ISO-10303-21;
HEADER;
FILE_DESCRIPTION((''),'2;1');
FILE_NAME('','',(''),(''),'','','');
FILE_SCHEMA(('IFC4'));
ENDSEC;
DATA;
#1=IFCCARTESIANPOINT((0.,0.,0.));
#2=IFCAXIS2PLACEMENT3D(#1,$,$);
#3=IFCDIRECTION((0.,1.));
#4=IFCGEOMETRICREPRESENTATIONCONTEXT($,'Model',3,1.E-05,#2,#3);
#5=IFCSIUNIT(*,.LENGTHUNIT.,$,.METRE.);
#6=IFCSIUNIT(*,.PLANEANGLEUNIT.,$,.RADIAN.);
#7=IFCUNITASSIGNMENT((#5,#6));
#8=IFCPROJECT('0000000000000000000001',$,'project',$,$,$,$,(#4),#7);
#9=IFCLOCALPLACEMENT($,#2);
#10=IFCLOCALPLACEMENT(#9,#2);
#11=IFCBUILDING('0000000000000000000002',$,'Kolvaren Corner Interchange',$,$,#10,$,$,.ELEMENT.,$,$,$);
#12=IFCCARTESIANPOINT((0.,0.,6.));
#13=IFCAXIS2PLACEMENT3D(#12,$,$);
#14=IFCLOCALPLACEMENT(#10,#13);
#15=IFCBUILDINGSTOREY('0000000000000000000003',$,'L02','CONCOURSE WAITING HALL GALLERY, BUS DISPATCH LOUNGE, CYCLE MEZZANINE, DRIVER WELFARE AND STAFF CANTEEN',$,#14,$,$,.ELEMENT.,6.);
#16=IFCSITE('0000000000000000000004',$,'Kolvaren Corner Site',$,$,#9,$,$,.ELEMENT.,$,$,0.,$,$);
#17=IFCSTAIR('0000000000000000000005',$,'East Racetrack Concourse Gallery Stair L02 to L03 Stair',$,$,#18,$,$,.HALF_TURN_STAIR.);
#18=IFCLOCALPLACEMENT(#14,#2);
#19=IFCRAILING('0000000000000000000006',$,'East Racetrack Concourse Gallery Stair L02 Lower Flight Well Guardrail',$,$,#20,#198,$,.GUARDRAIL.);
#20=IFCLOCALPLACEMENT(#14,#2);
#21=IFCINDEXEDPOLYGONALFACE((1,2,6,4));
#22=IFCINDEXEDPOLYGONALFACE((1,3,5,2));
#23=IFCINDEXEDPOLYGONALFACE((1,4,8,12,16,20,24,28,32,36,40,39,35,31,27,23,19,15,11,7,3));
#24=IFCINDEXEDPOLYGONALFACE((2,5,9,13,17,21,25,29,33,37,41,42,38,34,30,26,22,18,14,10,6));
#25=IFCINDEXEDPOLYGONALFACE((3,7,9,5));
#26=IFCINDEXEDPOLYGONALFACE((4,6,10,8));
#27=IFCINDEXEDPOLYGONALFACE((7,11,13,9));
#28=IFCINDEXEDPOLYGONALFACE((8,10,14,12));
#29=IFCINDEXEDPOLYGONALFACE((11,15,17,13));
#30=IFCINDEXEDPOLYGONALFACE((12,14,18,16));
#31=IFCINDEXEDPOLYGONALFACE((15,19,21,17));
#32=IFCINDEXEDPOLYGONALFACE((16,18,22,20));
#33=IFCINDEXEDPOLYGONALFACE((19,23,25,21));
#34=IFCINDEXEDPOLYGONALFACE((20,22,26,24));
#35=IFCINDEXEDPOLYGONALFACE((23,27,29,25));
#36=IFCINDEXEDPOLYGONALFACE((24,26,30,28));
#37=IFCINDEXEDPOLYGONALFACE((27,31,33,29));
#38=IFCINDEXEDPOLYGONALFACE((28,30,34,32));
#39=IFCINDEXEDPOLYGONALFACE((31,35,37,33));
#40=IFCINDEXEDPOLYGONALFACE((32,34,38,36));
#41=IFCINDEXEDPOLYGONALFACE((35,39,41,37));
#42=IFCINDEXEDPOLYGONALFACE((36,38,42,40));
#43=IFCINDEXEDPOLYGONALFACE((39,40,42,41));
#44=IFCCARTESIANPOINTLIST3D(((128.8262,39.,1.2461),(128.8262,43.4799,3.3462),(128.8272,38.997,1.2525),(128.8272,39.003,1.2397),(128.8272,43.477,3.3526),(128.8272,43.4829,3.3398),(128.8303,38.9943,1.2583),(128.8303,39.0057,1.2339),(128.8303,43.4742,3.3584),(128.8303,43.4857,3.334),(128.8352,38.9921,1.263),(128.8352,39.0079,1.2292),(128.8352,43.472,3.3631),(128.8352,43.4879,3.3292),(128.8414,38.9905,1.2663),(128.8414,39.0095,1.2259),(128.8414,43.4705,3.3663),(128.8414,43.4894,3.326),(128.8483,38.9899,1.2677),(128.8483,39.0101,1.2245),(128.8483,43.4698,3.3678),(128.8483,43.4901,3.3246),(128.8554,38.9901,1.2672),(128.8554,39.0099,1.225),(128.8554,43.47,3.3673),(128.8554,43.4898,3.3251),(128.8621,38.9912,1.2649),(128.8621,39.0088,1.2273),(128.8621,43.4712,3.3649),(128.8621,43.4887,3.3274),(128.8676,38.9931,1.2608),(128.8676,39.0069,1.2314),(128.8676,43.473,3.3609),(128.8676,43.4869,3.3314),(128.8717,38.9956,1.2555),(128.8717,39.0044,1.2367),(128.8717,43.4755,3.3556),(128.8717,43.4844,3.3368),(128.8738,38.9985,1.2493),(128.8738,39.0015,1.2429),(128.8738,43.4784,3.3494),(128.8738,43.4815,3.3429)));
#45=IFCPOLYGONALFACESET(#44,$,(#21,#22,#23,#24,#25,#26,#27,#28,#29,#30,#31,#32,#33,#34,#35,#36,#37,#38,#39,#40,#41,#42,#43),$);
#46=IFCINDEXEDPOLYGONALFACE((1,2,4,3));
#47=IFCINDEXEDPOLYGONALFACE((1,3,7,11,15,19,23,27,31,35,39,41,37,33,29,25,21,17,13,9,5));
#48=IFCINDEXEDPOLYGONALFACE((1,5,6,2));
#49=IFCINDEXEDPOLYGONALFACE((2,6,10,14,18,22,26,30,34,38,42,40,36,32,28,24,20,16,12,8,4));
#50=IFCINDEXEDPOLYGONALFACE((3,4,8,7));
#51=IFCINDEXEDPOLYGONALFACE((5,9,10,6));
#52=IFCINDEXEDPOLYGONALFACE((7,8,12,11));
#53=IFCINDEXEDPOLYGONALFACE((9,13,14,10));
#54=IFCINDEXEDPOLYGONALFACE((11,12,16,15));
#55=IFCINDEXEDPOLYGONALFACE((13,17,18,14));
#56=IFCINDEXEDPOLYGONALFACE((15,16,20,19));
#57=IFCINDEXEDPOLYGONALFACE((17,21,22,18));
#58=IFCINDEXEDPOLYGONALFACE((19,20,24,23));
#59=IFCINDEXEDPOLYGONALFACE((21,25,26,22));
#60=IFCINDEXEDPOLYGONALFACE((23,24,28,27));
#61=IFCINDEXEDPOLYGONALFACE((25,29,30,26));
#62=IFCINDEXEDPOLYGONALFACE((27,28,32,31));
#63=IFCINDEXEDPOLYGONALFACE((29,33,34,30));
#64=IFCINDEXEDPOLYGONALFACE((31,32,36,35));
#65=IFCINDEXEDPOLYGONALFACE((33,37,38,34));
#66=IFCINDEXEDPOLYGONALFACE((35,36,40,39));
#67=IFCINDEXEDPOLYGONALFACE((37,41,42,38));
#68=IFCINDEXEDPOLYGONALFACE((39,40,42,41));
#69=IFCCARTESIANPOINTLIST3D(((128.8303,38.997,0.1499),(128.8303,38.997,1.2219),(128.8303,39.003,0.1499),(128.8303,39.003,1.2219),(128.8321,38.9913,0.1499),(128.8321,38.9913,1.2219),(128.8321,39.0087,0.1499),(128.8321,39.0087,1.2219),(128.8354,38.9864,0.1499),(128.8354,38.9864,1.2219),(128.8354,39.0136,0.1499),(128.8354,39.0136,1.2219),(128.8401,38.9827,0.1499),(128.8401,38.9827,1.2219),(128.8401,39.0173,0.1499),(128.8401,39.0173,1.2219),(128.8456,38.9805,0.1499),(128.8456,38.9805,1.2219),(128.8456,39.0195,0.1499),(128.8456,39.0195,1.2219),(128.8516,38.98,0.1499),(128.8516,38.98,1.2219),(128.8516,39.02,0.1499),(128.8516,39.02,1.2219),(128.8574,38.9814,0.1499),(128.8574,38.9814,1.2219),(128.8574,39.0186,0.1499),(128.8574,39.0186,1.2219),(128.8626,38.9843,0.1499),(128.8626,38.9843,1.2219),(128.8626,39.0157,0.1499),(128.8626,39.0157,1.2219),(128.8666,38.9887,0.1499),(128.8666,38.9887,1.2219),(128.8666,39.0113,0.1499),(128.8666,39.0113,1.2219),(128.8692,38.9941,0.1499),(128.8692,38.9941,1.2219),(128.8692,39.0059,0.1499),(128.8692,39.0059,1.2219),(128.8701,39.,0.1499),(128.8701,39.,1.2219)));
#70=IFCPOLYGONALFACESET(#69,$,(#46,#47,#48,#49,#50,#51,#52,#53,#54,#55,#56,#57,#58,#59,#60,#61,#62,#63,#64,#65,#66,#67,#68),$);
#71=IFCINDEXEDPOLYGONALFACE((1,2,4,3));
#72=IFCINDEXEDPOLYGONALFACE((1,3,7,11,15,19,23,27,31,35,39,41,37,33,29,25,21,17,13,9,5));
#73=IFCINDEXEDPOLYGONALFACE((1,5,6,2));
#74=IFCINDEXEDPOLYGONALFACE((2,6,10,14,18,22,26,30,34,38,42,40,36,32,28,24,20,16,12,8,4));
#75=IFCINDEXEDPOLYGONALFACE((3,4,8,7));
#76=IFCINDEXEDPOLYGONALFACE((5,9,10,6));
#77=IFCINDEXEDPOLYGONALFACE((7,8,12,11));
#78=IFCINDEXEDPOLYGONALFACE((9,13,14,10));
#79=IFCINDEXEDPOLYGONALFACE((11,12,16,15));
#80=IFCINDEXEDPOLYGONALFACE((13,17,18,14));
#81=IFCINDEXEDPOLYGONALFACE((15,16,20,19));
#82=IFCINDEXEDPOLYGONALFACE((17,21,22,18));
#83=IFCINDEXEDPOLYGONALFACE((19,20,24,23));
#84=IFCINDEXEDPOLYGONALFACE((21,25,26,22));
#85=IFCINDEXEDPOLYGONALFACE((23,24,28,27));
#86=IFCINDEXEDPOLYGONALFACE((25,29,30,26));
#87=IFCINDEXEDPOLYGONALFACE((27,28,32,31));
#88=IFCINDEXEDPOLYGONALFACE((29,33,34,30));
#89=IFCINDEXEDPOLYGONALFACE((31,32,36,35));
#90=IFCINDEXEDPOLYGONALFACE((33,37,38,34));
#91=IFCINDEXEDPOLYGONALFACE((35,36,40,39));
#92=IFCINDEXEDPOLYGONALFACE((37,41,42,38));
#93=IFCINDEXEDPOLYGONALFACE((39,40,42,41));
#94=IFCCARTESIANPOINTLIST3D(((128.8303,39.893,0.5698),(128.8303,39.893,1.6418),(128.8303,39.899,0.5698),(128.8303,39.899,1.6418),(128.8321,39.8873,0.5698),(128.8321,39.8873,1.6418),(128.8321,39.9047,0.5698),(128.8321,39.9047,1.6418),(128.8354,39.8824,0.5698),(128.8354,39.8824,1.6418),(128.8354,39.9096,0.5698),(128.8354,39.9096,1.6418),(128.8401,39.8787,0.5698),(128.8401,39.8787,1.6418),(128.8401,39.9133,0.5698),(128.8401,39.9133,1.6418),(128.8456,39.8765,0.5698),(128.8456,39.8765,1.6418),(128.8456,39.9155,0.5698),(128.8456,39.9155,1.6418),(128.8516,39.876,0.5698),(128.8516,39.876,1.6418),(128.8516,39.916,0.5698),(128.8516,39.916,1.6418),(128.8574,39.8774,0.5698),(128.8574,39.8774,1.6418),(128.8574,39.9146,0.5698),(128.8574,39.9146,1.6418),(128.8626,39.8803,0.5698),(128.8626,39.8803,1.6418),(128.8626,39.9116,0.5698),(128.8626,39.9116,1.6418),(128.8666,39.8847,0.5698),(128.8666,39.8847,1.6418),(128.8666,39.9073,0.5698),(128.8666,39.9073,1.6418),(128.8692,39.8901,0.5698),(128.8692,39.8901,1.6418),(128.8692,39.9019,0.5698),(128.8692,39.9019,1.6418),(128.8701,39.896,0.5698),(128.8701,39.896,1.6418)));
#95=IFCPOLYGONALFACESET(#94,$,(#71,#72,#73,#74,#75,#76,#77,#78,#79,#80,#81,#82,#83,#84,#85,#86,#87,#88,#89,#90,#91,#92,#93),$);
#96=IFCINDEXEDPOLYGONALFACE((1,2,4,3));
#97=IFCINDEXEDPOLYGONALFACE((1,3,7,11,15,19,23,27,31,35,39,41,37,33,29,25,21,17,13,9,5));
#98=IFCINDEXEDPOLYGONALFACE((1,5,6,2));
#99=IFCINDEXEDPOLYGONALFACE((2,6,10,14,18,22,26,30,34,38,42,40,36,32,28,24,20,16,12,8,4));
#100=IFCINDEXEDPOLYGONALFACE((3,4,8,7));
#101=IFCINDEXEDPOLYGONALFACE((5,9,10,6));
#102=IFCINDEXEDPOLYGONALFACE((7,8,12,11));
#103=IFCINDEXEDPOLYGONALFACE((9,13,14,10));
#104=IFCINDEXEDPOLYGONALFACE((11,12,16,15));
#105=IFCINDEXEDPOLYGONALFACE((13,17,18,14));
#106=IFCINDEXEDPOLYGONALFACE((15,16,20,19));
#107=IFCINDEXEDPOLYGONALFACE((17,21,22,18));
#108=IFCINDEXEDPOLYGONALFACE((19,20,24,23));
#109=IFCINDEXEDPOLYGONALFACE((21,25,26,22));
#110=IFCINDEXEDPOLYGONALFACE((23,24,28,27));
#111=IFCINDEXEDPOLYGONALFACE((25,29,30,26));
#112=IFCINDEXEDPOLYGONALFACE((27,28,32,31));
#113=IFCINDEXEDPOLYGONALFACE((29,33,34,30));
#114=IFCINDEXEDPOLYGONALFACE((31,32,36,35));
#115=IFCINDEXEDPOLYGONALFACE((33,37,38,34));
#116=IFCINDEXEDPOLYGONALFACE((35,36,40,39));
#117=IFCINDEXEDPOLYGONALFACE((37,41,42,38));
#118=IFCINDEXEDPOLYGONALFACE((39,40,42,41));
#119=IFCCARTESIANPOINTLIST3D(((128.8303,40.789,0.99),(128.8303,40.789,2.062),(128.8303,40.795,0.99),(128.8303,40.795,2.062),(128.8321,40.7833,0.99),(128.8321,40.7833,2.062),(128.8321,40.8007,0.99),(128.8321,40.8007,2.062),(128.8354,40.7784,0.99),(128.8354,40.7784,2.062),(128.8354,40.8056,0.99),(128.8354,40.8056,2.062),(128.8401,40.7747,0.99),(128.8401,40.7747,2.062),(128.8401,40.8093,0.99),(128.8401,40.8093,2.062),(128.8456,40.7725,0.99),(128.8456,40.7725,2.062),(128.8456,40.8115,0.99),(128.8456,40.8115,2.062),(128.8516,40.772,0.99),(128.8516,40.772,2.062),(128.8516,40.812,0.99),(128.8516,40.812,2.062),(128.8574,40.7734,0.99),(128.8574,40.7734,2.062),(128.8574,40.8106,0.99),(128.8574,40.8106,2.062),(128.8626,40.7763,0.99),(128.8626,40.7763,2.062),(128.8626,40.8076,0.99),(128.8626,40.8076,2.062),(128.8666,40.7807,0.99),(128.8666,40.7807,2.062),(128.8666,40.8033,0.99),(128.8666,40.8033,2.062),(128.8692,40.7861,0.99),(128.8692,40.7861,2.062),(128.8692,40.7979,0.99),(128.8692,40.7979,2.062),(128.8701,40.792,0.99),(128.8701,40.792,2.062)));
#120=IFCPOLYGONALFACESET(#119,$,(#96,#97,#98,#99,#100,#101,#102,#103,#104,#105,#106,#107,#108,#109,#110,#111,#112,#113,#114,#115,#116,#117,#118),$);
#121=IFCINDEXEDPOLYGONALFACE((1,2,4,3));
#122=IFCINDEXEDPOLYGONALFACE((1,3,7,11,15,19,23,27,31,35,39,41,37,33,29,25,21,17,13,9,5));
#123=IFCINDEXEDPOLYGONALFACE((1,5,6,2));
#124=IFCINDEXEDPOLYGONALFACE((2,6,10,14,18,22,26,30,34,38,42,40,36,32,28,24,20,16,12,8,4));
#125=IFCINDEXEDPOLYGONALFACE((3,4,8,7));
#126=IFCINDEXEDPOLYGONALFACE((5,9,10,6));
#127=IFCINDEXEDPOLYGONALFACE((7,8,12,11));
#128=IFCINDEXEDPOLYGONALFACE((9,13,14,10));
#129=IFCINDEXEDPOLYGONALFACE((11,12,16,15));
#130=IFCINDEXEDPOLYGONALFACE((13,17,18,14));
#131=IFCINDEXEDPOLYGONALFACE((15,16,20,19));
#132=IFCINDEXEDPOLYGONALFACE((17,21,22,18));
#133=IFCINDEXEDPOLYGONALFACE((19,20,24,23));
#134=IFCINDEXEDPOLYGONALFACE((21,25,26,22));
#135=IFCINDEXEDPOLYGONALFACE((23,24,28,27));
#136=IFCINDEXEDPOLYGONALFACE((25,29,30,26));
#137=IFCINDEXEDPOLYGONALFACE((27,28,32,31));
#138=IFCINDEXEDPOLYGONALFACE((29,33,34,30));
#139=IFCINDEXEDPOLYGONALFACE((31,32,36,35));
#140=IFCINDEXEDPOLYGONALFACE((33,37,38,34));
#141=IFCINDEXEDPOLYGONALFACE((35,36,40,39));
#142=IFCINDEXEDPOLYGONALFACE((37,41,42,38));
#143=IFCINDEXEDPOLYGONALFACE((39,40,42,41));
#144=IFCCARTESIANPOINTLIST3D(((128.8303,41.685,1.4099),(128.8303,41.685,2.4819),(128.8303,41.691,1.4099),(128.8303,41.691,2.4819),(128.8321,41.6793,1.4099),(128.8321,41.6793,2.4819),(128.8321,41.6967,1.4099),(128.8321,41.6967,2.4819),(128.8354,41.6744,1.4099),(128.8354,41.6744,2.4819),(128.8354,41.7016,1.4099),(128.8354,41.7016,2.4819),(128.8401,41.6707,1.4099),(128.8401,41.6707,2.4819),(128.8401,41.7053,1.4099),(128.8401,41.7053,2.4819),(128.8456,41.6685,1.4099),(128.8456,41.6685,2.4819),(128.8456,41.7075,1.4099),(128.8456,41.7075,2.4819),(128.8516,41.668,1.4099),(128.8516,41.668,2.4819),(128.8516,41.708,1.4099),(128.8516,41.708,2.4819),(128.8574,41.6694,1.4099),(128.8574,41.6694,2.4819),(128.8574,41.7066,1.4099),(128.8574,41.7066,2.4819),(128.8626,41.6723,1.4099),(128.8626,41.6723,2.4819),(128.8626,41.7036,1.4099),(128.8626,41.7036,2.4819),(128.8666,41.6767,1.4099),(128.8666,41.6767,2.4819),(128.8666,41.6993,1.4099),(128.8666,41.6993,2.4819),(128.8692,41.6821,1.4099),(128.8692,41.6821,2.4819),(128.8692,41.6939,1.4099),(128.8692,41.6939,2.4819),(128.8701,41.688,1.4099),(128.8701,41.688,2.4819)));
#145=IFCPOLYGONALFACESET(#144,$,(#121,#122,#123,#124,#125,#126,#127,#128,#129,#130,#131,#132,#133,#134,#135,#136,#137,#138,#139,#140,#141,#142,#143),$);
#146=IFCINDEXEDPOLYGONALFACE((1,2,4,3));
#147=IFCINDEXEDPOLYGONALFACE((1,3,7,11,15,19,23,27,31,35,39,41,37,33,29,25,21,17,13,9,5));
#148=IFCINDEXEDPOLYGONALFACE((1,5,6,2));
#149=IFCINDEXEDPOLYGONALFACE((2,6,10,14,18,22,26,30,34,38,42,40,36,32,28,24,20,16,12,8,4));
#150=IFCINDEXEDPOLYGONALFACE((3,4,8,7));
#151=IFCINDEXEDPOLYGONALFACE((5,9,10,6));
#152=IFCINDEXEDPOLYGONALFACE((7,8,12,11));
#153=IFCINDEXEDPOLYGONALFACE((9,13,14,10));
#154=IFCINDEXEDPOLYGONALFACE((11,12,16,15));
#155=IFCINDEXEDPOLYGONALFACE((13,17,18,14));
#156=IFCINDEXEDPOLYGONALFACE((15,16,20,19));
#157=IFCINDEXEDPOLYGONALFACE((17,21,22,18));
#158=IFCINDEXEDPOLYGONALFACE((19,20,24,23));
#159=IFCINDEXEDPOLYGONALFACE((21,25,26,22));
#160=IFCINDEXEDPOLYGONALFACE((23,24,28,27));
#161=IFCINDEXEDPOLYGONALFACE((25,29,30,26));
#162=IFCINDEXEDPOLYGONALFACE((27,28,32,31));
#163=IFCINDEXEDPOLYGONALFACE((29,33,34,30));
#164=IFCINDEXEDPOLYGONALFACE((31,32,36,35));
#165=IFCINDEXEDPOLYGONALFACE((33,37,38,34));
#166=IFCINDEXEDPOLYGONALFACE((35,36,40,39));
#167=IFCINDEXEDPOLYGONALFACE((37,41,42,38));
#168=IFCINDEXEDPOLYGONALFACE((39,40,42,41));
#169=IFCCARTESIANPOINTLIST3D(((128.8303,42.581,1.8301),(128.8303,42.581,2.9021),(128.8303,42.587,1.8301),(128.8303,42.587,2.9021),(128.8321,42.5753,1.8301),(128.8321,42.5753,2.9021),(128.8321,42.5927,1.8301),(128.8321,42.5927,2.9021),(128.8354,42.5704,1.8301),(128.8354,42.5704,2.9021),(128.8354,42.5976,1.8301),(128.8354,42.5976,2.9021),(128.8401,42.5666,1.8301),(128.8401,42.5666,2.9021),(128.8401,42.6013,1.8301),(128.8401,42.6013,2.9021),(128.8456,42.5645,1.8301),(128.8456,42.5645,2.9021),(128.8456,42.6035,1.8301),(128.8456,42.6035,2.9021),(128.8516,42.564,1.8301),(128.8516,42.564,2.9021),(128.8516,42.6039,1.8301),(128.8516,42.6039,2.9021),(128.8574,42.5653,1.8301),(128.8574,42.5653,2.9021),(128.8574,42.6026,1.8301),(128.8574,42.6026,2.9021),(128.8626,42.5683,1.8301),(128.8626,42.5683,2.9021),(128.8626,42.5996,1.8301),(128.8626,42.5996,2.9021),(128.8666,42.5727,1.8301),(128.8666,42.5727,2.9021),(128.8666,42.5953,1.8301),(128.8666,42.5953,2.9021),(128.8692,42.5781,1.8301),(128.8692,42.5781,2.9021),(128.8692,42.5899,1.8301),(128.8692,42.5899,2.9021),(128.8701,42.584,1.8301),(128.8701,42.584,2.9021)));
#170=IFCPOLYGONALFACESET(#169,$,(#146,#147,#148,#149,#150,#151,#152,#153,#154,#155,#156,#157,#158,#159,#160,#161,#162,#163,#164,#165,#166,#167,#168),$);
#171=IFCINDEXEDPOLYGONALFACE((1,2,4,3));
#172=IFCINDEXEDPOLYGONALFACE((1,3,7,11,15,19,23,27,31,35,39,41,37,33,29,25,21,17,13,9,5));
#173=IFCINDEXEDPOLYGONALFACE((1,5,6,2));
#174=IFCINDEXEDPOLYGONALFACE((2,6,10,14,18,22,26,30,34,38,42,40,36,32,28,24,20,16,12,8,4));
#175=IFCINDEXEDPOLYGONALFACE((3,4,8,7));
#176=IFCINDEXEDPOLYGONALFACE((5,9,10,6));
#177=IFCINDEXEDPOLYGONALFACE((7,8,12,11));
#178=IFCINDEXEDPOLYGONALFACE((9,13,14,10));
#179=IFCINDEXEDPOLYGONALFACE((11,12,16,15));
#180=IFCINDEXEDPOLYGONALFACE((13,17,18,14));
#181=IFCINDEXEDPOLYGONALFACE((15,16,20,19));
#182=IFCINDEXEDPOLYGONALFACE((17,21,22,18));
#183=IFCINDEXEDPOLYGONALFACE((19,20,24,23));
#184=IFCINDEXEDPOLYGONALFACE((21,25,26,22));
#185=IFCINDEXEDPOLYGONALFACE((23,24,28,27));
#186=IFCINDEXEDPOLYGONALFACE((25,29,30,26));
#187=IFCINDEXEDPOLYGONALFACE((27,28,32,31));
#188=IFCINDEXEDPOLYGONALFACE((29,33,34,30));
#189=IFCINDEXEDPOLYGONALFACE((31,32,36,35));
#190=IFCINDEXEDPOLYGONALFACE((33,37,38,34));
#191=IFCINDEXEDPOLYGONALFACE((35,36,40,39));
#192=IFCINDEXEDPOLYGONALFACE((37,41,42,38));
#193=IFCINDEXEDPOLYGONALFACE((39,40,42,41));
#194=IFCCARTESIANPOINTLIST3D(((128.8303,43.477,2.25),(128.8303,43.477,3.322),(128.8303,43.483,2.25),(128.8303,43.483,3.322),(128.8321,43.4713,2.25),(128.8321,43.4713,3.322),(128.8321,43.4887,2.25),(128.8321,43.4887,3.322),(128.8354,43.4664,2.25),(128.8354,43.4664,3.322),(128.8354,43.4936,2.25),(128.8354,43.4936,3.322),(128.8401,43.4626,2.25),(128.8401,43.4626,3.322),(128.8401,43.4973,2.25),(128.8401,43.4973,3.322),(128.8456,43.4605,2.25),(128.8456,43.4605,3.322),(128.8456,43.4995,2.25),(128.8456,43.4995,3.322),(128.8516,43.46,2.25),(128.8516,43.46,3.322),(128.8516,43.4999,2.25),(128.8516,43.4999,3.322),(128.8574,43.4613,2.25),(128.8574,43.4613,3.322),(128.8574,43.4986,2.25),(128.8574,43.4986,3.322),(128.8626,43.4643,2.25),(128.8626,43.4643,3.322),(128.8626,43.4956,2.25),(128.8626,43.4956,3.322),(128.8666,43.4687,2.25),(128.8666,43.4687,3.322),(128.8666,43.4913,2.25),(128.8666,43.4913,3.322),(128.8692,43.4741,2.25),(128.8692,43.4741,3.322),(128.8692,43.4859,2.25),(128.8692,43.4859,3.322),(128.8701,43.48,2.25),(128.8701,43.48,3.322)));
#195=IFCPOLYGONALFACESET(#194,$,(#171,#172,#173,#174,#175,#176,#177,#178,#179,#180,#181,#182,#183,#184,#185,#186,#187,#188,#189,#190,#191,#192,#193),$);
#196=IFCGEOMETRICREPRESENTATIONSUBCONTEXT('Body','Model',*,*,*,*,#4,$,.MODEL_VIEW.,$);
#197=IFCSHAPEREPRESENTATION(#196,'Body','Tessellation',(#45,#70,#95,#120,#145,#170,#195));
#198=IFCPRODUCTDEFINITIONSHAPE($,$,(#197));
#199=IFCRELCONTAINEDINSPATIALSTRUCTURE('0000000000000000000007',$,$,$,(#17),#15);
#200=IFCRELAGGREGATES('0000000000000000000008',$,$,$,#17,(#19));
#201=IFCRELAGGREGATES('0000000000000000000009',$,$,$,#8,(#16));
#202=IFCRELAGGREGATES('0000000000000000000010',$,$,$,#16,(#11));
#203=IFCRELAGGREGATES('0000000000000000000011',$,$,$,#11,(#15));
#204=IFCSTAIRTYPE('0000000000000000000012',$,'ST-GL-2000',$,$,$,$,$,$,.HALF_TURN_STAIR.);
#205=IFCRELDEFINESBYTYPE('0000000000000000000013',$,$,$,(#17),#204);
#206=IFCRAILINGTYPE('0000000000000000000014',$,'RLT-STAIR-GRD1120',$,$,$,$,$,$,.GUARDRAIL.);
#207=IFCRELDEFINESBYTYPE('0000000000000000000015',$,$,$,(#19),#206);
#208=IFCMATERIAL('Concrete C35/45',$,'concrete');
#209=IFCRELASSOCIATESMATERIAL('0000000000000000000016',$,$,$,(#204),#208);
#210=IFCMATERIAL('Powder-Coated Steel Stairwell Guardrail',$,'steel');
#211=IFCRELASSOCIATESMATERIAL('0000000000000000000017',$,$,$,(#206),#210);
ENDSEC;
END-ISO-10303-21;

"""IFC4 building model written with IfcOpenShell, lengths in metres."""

from ifc_helpers import new_model, si_unit, direction, frame, origin, origin_2d, place, context, subcontext, project, spatial, circle, extrude, material, type_object, element, aggregate, save


model = new_model("IFC4")

# Units and contexts
model_context = context("Model", 3, precision=1e-05, world=origin(), true_north=direction((0.0, 1.0)))
body_context = subcontext(model_context, "Body", "Model", "MODEL_VIEW")
ifc_project = project(units=[si_unit("LENGTHUNIT", "METRE"), si_unit("PLANEANGLEUNIT", "RADIAN")], contexts=[model_context])

# Site, building, storey
site_placement = place(None, origin())
site = spatial("IfcSite", under=ifc_project, at=site_placement, Name="Kolvaren Corner Site", CompositionType="ELEMENT", RefElevation=0.0)
building_placement = place(site_placement, origin())
building = spatial("IfcBuilding", under=site, at=building_placement, Name="Kolvaren Corner Interchange", CompositionType="ELEMENT")
storey_placement = place(building_placement, frame((0.0, 0.0, 6.0)))
storey = spatial("IfcBuildingStorey", under=building, at=storey_placement, Name="L02", Description="CONCOURSE WAITING HALL GALLERY, BUS DISPATCH LOUNGE, CYCLE MEZZANINE, DRIVER WELFARE AND STAFF CANTEEN", CompositionType="ELEMENT", Elevation=6.0)

# Stair
ifc_material_1 = material(Name="Concrete C35/45", Category="concrete")
stair_type_1 = type_object("IfcStairType", Name="ST-GL-2000", PredefinedType="HALF_TURN_STAIR", material=ifc_material_1)
stair_1_placement = place(storey_placement, origin())
stair_1 = element("IfcStair", 1, at=stair_1_placement, inside=storey, type_object=stair_type_1, Name="East Racetrack Concourse Gallery Stair L02 to L03 Stair", PredefinedType="HALF_TURN_STAIR")

# Shared definitions
ifc_material_2 = material(Name="Powder-Coated Steel Stairwell Guardrail", Category="steel")
railing_type_1 = type_object("IfcRailingType", Name="RLT-STAIR-GRD1120", PredefinedType="GUARDRAIL", material=ifc_material_2)

# Railing
railing_1_placement = place(storey_placement, frame((128.8501, 39.0, 0.1499)))
railing_1 = element("IfcRailing", 2, at=railing_1_placement, type_object=railing_type_1, Name="East Racetrack Concourse Gallery Stair L02 Lower Flight Well Guardrail", PredefinedType="GUARDRAIL", context=body_context, shape_type="SweptSolid", body=[
    extrude(circle(Radius=0.0239, at=origin_2d()), frame((0.0, 0.0, 1.0962), z_axis=(0.0, 0.905451, 0.424452), x_axis=(-1.0, 0.0, 0.0)), (0.0, 0.0, 1.0), 4.9478),
    extrude(circle(Radius=0.02, at=origin_2d()), origin(), (0.0, 0.0, 1.0), 1.072),
    extrude(circle(Radius=0.02, at=origin_2d()), frame((0.0, 0.896, 0.4199)), (0.0, 0.0, 1.0), 1.072),
    extrude(circle(Radius=0.02, at=origin_2d()), frame((0.0, 1.792, 0.8401)), (0.0, 0.0, 1.0), 1.072),
    extrude(circle(Radius=0.02, at=origin_2d()), frame((0.0, 2.688, 1.26)), (0.0, 0.0, 1.0), 1.072),
    extrude(circle(Radius=0.02, at=origin_2d()), frame((0.0, 3.584, 1.6802)), (0.0, 0.0, 1.0), 1.072),
    extrude(circle(Radius=0.02, at=origin_2d()), frame((0.0, 4.48, 2.1001)), (0.0, 0.0, 1.0), 1.072),
])
aggregate(stair_1, [railing_1])

save(model, "model.ifc")
